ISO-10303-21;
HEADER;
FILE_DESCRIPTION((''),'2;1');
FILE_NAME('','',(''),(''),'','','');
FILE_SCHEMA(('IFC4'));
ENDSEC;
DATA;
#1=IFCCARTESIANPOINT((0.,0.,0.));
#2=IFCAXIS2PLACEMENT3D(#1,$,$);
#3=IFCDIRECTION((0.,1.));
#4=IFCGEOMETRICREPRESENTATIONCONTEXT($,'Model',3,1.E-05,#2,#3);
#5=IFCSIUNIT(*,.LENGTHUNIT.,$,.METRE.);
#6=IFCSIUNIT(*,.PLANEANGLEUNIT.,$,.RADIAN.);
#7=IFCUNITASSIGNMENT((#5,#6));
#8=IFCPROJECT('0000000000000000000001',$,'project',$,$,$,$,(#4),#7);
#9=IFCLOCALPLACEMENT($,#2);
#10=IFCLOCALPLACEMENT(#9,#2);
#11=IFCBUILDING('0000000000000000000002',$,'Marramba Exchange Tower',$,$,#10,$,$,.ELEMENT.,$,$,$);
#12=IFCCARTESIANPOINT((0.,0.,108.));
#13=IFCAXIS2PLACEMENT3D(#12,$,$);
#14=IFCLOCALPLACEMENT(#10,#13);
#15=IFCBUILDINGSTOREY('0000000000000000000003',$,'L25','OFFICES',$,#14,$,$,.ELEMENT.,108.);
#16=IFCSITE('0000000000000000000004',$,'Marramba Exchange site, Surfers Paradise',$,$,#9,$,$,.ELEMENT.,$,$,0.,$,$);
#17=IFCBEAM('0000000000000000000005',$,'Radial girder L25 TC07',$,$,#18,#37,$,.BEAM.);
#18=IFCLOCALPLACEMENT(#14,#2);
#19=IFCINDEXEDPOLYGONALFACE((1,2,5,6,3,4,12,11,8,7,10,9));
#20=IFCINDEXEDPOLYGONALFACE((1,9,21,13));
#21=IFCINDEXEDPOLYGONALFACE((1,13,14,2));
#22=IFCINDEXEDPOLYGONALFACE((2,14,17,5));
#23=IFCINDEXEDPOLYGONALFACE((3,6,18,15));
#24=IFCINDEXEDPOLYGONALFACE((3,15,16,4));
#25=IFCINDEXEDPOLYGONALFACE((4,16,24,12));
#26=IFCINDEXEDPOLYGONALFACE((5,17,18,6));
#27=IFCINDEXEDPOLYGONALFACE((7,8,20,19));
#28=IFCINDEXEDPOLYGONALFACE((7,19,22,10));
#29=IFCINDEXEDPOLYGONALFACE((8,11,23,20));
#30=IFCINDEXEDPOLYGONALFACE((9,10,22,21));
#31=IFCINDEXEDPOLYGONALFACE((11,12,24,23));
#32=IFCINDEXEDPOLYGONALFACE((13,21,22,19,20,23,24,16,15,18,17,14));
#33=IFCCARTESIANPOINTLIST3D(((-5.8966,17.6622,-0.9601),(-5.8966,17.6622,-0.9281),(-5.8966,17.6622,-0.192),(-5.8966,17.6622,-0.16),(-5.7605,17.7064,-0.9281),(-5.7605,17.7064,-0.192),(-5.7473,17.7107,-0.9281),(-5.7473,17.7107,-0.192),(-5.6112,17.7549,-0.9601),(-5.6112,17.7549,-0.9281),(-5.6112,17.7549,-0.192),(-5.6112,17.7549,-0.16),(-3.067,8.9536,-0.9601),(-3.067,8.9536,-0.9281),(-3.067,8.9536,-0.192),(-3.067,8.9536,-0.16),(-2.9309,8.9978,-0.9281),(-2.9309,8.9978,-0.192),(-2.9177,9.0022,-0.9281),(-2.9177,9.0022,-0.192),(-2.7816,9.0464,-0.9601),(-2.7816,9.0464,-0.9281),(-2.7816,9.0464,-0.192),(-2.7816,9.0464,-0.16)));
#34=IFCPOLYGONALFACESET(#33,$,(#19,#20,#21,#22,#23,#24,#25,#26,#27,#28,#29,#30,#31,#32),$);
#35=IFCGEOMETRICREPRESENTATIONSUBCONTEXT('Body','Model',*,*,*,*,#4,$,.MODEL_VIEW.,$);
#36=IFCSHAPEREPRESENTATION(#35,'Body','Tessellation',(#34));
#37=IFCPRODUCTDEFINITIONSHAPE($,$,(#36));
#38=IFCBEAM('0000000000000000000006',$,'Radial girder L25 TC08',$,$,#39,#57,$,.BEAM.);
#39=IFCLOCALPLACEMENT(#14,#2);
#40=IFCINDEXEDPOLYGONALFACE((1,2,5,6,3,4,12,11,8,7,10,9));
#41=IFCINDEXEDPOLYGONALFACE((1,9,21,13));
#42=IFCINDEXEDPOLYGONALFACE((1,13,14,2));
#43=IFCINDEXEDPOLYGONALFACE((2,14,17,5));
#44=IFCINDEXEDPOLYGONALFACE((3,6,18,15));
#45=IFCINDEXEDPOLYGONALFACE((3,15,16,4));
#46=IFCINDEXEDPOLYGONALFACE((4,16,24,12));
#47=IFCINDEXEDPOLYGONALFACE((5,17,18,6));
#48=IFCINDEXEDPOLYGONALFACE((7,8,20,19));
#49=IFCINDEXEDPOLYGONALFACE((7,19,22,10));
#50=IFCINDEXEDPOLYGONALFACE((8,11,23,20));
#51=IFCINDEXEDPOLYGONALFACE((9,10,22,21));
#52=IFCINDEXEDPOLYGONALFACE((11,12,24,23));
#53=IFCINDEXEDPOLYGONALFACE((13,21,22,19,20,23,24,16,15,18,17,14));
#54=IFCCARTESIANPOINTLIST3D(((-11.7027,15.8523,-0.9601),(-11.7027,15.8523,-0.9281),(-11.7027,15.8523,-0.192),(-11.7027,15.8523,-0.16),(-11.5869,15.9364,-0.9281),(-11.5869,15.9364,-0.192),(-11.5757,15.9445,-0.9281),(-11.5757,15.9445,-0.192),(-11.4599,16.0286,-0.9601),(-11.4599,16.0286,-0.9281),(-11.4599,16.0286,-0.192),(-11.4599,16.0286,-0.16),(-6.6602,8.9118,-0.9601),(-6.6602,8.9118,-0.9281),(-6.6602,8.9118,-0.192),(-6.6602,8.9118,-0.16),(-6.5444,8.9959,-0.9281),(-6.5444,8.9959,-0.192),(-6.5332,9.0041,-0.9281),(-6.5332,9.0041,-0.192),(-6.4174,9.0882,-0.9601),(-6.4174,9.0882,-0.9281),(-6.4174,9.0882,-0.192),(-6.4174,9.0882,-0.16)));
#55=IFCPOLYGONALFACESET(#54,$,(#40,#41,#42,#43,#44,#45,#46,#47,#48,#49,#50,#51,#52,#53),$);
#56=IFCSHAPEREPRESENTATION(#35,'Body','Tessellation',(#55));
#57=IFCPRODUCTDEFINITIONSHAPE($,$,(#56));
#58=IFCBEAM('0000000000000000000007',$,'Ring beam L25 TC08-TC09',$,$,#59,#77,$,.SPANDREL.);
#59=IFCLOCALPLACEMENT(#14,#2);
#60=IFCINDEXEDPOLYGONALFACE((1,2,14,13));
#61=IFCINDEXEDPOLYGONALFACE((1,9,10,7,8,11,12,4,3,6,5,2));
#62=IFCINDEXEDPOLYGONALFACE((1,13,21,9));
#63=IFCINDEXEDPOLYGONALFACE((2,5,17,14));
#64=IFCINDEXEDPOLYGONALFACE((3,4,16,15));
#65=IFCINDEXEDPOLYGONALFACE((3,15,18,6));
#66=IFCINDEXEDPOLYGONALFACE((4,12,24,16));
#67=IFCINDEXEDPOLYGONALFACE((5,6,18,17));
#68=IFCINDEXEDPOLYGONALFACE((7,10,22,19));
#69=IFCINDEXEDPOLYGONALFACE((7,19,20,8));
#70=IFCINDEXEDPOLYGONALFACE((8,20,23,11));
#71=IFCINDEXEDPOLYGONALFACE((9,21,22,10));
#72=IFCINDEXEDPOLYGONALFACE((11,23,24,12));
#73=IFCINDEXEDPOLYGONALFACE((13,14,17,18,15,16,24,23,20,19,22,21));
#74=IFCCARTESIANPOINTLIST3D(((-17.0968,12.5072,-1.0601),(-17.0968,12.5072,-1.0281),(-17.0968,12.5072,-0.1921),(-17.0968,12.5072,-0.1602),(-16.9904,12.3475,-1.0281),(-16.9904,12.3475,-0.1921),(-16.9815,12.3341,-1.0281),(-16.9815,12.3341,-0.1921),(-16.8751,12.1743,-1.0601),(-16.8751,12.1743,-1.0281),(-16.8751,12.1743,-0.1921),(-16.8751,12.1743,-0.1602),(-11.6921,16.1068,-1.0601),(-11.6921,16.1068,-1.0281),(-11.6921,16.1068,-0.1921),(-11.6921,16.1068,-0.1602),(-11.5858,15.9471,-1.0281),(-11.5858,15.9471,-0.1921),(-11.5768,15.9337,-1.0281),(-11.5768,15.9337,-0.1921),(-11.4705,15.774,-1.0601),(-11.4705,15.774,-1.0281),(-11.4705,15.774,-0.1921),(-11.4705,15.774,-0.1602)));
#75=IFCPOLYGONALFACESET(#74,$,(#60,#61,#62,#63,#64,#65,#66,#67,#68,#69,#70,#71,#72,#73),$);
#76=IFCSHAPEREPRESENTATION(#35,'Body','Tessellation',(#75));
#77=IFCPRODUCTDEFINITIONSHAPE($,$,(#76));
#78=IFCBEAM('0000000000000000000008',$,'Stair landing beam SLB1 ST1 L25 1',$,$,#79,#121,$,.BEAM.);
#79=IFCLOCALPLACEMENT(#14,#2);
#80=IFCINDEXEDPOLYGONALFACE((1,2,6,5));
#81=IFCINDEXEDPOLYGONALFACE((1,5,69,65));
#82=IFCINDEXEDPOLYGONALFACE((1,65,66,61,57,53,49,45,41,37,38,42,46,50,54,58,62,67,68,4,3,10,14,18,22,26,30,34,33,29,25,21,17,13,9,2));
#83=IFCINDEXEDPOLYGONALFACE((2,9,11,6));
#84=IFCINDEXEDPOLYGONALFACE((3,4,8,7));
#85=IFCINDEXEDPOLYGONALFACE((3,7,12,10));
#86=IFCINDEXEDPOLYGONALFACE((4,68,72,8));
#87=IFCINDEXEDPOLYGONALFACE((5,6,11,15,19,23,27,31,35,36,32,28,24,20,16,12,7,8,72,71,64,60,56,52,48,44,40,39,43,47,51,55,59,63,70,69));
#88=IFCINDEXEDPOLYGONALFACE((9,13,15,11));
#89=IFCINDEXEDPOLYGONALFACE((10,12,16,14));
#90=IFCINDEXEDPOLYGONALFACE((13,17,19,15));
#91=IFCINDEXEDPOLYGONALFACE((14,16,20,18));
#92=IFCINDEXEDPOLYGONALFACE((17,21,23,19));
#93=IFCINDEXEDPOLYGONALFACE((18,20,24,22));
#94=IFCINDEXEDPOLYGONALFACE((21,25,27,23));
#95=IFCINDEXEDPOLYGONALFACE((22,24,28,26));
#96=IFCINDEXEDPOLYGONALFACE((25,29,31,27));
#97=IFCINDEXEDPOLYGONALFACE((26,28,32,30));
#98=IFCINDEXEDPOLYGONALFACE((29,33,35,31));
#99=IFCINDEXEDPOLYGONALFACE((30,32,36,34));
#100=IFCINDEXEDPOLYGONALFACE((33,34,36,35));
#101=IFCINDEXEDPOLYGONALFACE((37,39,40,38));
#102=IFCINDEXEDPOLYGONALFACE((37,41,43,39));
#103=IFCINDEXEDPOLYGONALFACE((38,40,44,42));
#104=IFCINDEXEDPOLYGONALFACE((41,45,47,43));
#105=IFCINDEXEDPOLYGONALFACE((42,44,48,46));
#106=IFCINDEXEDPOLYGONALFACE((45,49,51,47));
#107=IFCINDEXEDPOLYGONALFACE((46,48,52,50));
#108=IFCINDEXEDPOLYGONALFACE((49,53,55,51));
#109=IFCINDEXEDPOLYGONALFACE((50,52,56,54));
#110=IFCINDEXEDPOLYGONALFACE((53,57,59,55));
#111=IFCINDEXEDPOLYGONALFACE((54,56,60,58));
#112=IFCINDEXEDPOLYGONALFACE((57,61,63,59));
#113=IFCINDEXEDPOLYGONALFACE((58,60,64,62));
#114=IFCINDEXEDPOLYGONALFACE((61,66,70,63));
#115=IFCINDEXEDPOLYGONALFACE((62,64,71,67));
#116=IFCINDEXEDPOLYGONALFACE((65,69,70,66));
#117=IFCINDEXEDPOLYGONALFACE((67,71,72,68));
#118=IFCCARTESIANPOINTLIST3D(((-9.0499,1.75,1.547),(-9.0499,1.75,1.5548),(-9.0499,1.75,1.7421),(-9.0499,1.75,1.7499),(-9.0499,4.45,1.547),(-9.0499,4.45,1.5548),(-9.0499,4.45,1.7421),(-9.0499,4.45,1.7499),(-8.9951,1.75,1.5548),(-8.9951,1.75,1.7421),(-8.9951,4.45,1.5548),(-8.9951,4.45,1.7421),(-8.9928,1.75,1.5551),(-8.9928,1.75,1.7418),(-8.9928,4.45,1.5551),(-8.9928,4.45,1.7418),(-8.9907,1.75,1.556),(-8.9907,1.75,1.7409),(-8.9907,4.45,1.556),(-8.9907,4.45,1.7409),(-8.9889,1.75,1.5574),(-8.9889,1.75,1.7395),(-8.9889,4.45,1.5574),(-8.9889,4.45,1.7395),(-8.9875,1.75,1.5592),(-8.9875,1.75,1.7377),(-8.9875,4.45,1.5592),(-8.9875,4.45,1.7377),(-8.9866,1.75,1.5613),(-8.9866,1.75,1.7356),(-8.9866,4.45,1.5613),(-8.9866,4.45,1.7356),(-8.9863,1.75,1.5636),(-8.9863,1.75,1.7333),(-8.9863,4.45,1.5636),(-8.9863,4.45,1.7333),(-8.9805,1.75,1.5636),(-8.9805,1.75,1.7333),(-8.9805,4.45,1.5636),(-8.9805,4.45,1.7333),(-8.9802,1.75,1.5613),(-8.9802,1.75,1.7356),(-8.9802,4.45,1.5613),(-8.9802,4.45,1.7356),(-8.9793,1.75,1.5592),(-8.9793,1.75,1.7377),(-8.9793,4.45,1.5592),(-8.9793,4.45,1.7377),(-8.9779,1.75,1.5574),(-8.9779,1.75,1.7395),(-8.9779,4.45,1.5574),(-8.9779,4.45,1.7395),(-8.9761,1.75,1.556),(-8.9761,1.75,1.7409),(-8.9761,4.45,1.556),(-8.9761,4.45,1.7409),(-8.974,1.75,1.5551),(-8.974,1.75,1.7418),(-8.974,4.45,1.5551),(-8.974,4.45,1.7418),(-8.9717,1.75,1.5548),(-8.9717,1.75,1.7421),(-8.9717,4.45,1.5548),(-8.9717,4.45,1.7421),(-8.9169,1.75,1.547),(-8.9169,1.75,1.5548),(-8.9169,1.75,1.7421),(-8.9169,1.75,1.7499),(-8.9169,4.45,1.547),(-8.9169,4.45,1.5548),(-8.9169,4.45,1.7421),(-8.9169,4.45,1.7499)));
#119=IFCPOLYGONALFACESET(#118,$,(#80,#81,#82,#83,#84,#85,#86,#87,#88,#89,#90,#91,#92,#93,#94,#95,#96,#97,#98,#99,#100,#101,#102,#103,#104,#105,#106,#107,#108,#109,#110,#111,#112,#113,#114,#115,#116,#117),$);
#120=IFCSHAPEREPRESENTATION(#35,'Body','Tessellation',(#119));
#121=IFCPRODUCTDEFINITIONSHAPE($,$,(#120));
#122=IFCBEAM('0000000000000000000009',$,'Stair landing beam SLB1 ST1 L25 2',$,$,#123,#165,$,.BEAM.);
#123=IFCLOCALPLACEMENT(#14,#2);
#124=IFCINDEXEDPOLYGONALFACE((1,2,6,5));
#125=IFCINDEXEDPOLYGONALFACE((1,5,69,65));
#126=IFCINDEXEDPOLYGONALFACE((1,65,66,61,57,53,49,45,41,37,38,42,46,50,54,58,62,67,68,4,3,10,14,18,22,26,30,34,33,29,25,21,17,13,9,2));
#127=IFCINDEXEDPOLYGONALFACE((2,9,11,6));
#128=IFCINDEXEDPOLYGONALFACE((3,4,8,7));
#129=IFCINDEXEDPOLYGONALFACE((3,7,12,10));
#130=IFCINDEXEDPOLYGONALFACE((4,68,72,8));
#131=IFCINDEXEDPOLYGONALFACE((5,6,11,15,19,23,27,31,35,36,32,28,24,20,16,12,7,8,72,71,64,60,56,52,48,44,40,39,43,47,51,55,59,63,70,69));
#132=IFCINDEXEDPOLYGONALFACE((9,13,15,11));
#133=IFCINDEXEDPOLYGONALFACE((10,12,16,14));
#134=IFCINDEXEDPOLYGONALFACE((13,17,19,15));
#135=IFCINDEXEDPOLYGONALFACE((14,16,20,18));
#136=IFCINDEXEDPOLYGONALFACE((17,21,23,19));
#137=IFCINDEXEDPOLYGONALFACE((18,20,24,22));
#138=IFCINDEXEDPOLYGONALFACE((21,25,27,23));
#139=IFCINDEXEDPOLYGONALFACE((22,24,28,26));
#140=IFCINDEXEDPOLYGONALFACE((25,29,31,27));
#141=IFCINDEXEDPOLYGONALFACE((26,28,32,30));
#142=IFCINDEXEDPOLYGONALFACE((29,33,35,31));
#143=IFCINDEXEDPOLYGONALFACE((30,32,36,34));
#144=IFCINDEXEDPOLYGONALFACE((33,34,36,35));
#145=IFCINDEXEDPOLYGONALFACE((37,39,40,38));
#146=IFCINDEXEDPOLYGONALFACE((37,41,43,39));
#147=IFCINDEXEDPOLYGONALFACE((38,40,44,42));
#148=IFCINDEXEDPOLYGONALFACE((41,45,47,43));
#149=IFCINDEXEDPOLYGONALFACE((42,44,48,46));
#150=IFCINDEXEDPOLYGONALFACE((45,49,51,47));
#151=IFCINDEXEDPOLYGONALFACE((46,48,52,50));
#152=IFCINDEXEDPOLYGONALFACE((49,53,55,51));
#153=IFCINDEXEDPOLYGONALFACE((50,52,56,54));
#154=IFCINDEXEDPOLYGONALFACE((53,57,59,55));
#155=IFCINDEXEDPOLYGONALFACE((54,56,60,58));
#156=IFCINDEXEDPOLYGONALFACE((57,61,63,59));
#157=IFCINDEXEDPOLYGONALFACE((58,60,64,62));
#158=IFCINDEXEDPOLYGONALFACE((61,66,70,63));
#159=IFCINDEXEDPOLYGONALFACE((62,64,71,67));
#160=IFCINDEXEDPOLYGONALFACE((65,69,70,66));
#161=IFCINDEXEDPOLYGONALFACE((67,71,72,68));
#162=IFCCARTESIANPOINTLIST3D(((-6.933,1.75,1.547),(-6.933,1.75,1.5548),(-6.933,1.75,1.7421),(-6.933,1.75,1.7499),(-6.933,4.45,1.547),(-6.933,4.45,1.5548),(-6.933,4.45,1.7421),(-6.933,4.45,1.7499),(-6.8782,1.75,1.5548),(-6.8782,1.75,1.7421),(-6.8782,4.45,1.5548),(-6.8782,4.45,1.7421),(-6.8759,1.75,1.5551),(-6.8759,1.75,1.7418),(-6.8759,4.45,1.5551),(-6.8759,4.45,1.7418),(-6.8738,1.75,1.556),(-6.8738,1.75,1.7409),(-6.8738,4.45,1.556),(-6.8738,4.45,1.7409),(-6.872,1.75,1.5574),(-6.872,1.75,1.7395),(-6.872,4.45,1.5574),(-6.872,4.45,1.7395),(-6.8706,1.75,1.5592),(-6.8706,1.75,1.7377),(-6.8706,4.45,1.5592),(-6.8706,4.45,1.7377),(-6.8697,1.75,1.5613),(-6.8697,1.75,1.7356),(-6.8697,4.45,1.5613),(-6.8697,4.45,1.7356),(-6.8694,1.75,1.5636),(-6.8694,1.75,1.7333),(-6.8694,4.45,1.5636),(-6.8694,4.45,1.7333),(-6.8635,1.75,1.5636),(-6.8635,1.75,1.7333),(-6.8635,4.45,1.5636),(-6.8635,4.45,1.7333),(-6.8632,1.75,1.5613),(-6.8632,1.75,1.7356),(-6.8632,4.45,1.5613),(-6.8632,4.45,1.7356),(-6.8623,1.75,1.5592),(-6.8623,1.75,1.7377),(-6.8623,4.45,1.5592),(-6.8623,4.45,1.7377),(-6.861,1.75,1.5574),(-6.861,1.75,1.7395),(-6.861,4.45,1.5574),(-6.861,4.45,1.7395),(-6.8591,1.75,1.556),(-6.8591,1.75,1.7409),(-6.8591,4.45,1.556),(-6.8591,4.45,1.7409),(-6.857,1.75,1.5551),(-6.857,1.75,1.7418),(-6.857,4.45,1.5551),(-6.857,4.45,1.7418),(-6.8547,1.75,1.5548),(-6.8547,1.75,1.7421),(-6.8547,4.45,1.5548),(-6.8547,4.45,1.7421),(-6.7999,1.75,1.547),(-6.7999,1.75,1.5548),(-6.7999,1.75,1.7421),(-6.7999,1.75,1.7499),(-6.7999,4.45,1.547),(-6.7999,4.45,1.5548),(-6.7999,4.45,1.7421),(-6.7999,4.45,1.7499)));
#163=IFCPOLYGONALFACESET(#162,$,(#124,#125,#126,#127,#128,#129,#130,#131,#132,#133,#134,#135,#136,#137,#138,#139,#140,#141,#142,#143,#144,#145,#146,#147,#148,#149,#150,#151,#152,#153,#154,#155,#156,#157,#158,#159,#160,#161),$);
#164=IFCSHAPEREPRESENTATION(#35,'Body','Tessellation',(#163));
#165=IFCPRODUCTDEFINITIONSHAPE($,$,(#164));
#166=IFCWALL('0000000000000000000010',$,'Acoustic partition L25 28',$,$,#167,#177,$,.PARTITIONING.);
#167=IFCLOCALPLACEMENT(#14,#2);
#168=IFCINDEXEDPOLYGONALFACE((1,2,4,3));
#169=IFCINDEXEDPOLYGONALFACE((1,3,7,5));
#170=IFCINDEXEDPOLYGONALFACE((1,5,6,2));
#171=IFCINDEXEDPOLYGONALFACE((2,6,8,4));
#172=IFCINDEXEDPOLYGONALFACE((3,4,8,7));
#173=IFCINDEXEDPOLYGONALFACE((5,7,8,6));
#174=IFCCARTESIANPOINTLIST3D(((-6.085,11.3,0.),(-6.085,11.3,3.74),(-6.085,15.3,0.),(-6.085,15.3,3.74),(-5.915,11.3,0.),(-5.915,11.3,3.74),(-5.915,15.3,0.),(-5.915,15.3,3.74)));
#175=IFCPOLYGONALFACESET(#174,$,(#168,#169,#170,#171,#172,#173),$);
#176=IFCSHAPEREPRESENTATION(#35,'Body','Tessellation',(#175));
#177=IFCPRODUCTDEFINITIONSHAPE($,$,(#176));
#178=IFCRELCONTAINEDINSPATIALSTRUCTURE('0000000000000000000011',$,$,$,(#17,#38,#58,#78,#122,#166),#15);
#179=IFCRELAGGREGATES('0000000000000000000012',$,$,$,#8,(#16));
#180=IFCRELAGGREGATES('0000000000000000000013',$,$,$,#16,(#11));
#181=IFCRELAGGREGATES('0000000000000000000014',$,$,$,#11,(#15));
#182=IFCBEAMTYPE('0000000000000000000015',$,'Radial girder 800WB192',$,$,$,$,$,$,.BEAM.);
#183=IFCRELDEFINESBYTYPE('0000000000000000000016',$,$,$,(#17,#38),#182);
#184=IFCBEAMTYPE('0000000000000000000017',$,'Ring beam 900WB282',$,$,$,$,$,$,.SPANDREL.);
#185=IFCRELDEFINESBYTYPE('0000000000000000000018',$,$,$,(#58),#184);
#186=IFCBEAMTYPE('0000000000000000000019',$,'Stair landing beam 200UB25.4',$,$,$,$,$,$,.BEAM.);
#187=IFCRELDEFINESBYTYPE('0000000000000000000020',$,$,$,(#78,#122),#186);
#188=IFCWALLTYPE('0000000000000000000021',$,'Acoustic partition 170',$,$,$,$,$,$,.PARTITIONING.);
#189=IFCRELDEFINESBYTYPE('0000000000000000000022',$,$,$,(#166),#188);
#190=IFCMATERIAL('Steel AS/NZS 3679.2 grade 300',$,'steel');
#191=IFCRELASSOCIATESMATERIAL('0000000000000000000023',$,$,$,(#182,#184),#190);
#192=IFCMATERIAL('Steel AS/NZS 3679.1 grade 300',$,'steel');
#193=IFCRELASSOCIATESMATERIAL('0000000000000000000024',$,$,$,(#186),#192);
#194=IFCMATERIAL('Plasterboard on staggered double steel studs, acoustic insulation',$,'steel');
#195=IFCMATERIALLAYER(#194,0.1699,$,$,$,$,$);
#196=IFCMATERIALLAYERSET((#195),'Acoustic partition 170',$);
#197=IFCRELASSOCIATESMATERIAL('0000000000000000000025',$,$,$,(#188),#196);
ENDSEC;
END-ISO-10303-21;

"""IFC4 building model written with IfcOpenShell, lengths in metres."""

from ifc_helpers import new_model, si_unit, direction, frame, frame_2d, origin, origin_2d, place, context, subcontext, project, spatial, rectangle, i_section, extrude, material, layer, layer_set, material_profile, profile_set, type_object, element, save


model = new_model("IFC4")

# Units and contexts
model_context = context("Model", 3, precision=1e-05, world=origin(), true_north=direction((0.0, 1.0)))
body_context = subcontext(model_context, "Body", "Model", "MODEL_VIEW")
ifc_project = project(units=[si_unit("LENGTHUNIT", "METRE"), si_unit("PLANEANGLEUNIT", "RADIAN")], contexts=[model_context])

# Site, building, storey
site_placement = place(None, origin())
site = spatial("IfcSite", under=ifc_project, at=site_placement, Name="Marramba Exchange site, Surfers Paradise", CompositionType="ELEMENT", RefElevation=0.0)
building_placement = place(site_placement, origin())
building = spatial("IfcBuilding", under=site, at=building_placement, Name="Marramba Exchange Tower", CompositionType="ELEMENT")
storey_placement = place(building_placement, frame((0.0, 0.0, 108.0)))
storey = spatial("IfcBuildingStorey", under=building, at=storey_placement, Name="L25", Description="OFFICES", CompositionType="ELEMENT", Elevation=108.0)

# Beams
ifc_material_1 = material(Name="Steel AS/NZS 3679.1 grade 300", Category="steel")
ifc_material_2 = material(Name="Steel AS/NZS 3679.2 grade 300", Category="steel")
ifc_material_profile_1 = material_profile(ifc_material_2, i_section(OverallWidth=0.3, OverallDepth=0.8, WebThickness=0.0139, FlangeThickness=0.032, at=origin_2d()), Name="800WB192")
ifc_profile_set_1 = profile_set([ifc_material_profile_1], Name="Steel AS/NZS 3679.2 grade 300")
beam_type_1 = type_object("IfcBeamType", Name="Radial girder 800WB192", PredefinedType="BEAM", material=ifc_profile_set_1)
beam_1_placement = place(storey_placement, frame((-2.9243, 9.0, -0.5601), z_axis=(-0.30902, 0.951056, 0.0), x_axis=(-0.951056, -0.30902, 0.0)))
element("IfcBeam", 1, at=beam_1_placement, inside=storey, type_object=beam_type_1, Name="Radial girder L25 TC07", PredefinedType="BEAM", context=body_context, shape_type="SweptSolid", body=[
    extrude(i_section(OverallWidth=0.3, OverallDepth=0.8, WebThickness=0.0139, FlangeThickness=0.032, at=origin_2d()), origin(), (0.0, 0.0, 1.0), 9.1567),
])
beam_2_placement = place(storey_placement, frame((-6.5388, 9.0, -0.5601), z_axis=(-0.587782, 0.809019, 0.0), x_axis=(-0.809019, -0.587782, 0.0)))
element("IfcBeam", 2, at=beam_2_placement, inside=storey, type_object=beam_type_1, Name="Radial girder L25 TC08", PredefinedType="BEAM", context=body_context, shape_type="SweptSolid", body=[
    extrude(i_section(OverallWidth=0.3, OverallDepth=0.8, WebThickness=0.0139, FlangeThickness=0.032, at=origin_2d()), origin(), (0.0, 0.0, 1.0), 8.5789),
])
ifc_material_profile_2 = material_profile(ifc_material_2, i_section(OverallWidth=0.3999, OverallDepth=0.8999, WebThickness=0.0161, FlangeThickness=0.032, at=origin_2d()), Name="900WB282")
ifc_profile_set_2 = profile_set([ifc_material_profile_2], Name="Steel AS/NZS 3679.2 grade 300")
beam_type_2 = type_object("IfcBeamType", Name="Ring beam 900WB282", PredefinedType="SPANDREL", material=ifc_profile_set_2)
beam_3_placement = place(storey_placement, frame((-11.5813, 15.9404, -0.6101), z_axis=(-0.832293, -0.554336, 0.0), x_axis=(0.554336, -0.832293, 0.0)))
element("IfcBeam", 3, at=beam_3_placement, inside=storey, type_object=beam_type_2, Name="Ring beam L25 TC08-TC09", PredefinedType="SPANDREL", context=body_context, shape_type="SweptSolid", body=[
    extrude(i_section(OverallWidth=0.3999, OverallDepth=0.8999, WebThickness=0.0161, FlangeThickness=0.032, at=origin_2d()), origin(), (0.0, 0.0, 1.0), 6.4937),
])
ifc_material_profile_3 = material_profile(ifc_material_1, i_section(OverallWidth=0.1331, OverallDepth=0.2029, WebThickness=0.0059, FlangeThickness=0.0078, FilletRadius=0.0088, at=origin_2d()), Name="200UB25.4")
ifc_profile_set_3 = profile_set([ifc_material_profile_3], Name="Steel AS/NZS 3679.1 grade 300")
beam_type_3 = type_object("IfcBeamType", Name="Stair landing beam 200UB25.4", PredefinedType="BEAM", material=ifc_profile_set_3)
for number, where, z_axis, x_axis, name in (
    (4, (-8.9834, 1.75, 1.6484), (0.0, 1.0, 0.0), (-1.0, 0.0, 0.0), "Stair landing beam SLB1 ST1 L25 1"),
    (5, (-6.8665, 1.75, 1.6484), (0.0, 1.0, 0.0), (-1.0, 0.0, 0.0), "Stair landing beam SLB1 ST1 L25 2"),
):
    element("IfcBeam", number, at=place(storey_placement, frame(where, z_axis=z_axis, x_axis=x_axis)), inside=storey, type_object=beam_type_3, Name=name, PredefinedType="BEAM", context=body_context, shape_type="SweptSolid", body=[
        extrude(i_section(OverallWidth=0.1331, OverallDepth=0.2029, WebThickness=0.0059, FlangeThickness=0.0078, FilletRadius=0.0088, at=origin_2d()), origin(), (0.0, 0.0, 1.0), 2.7),
    ])

# Wall
ifc_material_3 = material(Name="Plasterboard on staggered double steel studs, acoustic insulation", Category="steel")
ifc_layer_1 = layer(ifc_material_3, 0.1699)
ifc_layer_set_1 = layer_set([ifc_layer_1], Name="Acoustic partition 170")
wall_type_1 = type_object("IfcWallType", Name="Acoustic partition 170", PredefinedType="PARTITIONING", material=ifc_layer_set_1)
wall_1_placement = place(storey_placement, frame((-6.0, 11.3, 0.0), z_axis=(0.0, 0.0, 1.0), x_axis=(0.0, 1.0, 0.0)))
element("IfcWall", 6, at=wall_1_placement, inside=storey, type_object=wall_type_1, Name="Acoustic partition L25 28", PredefinedType="PARTITIONING", context=body_context, shape_type="SweptSolid", body=[
    extrude(rectangle(XDim=4.0, YDim=0.1699, at=frame_2d((2.0, 0.0))), origin(), (0.0, 0.0, 1.0), 3.74),
])

save(model, "model.ifc")
